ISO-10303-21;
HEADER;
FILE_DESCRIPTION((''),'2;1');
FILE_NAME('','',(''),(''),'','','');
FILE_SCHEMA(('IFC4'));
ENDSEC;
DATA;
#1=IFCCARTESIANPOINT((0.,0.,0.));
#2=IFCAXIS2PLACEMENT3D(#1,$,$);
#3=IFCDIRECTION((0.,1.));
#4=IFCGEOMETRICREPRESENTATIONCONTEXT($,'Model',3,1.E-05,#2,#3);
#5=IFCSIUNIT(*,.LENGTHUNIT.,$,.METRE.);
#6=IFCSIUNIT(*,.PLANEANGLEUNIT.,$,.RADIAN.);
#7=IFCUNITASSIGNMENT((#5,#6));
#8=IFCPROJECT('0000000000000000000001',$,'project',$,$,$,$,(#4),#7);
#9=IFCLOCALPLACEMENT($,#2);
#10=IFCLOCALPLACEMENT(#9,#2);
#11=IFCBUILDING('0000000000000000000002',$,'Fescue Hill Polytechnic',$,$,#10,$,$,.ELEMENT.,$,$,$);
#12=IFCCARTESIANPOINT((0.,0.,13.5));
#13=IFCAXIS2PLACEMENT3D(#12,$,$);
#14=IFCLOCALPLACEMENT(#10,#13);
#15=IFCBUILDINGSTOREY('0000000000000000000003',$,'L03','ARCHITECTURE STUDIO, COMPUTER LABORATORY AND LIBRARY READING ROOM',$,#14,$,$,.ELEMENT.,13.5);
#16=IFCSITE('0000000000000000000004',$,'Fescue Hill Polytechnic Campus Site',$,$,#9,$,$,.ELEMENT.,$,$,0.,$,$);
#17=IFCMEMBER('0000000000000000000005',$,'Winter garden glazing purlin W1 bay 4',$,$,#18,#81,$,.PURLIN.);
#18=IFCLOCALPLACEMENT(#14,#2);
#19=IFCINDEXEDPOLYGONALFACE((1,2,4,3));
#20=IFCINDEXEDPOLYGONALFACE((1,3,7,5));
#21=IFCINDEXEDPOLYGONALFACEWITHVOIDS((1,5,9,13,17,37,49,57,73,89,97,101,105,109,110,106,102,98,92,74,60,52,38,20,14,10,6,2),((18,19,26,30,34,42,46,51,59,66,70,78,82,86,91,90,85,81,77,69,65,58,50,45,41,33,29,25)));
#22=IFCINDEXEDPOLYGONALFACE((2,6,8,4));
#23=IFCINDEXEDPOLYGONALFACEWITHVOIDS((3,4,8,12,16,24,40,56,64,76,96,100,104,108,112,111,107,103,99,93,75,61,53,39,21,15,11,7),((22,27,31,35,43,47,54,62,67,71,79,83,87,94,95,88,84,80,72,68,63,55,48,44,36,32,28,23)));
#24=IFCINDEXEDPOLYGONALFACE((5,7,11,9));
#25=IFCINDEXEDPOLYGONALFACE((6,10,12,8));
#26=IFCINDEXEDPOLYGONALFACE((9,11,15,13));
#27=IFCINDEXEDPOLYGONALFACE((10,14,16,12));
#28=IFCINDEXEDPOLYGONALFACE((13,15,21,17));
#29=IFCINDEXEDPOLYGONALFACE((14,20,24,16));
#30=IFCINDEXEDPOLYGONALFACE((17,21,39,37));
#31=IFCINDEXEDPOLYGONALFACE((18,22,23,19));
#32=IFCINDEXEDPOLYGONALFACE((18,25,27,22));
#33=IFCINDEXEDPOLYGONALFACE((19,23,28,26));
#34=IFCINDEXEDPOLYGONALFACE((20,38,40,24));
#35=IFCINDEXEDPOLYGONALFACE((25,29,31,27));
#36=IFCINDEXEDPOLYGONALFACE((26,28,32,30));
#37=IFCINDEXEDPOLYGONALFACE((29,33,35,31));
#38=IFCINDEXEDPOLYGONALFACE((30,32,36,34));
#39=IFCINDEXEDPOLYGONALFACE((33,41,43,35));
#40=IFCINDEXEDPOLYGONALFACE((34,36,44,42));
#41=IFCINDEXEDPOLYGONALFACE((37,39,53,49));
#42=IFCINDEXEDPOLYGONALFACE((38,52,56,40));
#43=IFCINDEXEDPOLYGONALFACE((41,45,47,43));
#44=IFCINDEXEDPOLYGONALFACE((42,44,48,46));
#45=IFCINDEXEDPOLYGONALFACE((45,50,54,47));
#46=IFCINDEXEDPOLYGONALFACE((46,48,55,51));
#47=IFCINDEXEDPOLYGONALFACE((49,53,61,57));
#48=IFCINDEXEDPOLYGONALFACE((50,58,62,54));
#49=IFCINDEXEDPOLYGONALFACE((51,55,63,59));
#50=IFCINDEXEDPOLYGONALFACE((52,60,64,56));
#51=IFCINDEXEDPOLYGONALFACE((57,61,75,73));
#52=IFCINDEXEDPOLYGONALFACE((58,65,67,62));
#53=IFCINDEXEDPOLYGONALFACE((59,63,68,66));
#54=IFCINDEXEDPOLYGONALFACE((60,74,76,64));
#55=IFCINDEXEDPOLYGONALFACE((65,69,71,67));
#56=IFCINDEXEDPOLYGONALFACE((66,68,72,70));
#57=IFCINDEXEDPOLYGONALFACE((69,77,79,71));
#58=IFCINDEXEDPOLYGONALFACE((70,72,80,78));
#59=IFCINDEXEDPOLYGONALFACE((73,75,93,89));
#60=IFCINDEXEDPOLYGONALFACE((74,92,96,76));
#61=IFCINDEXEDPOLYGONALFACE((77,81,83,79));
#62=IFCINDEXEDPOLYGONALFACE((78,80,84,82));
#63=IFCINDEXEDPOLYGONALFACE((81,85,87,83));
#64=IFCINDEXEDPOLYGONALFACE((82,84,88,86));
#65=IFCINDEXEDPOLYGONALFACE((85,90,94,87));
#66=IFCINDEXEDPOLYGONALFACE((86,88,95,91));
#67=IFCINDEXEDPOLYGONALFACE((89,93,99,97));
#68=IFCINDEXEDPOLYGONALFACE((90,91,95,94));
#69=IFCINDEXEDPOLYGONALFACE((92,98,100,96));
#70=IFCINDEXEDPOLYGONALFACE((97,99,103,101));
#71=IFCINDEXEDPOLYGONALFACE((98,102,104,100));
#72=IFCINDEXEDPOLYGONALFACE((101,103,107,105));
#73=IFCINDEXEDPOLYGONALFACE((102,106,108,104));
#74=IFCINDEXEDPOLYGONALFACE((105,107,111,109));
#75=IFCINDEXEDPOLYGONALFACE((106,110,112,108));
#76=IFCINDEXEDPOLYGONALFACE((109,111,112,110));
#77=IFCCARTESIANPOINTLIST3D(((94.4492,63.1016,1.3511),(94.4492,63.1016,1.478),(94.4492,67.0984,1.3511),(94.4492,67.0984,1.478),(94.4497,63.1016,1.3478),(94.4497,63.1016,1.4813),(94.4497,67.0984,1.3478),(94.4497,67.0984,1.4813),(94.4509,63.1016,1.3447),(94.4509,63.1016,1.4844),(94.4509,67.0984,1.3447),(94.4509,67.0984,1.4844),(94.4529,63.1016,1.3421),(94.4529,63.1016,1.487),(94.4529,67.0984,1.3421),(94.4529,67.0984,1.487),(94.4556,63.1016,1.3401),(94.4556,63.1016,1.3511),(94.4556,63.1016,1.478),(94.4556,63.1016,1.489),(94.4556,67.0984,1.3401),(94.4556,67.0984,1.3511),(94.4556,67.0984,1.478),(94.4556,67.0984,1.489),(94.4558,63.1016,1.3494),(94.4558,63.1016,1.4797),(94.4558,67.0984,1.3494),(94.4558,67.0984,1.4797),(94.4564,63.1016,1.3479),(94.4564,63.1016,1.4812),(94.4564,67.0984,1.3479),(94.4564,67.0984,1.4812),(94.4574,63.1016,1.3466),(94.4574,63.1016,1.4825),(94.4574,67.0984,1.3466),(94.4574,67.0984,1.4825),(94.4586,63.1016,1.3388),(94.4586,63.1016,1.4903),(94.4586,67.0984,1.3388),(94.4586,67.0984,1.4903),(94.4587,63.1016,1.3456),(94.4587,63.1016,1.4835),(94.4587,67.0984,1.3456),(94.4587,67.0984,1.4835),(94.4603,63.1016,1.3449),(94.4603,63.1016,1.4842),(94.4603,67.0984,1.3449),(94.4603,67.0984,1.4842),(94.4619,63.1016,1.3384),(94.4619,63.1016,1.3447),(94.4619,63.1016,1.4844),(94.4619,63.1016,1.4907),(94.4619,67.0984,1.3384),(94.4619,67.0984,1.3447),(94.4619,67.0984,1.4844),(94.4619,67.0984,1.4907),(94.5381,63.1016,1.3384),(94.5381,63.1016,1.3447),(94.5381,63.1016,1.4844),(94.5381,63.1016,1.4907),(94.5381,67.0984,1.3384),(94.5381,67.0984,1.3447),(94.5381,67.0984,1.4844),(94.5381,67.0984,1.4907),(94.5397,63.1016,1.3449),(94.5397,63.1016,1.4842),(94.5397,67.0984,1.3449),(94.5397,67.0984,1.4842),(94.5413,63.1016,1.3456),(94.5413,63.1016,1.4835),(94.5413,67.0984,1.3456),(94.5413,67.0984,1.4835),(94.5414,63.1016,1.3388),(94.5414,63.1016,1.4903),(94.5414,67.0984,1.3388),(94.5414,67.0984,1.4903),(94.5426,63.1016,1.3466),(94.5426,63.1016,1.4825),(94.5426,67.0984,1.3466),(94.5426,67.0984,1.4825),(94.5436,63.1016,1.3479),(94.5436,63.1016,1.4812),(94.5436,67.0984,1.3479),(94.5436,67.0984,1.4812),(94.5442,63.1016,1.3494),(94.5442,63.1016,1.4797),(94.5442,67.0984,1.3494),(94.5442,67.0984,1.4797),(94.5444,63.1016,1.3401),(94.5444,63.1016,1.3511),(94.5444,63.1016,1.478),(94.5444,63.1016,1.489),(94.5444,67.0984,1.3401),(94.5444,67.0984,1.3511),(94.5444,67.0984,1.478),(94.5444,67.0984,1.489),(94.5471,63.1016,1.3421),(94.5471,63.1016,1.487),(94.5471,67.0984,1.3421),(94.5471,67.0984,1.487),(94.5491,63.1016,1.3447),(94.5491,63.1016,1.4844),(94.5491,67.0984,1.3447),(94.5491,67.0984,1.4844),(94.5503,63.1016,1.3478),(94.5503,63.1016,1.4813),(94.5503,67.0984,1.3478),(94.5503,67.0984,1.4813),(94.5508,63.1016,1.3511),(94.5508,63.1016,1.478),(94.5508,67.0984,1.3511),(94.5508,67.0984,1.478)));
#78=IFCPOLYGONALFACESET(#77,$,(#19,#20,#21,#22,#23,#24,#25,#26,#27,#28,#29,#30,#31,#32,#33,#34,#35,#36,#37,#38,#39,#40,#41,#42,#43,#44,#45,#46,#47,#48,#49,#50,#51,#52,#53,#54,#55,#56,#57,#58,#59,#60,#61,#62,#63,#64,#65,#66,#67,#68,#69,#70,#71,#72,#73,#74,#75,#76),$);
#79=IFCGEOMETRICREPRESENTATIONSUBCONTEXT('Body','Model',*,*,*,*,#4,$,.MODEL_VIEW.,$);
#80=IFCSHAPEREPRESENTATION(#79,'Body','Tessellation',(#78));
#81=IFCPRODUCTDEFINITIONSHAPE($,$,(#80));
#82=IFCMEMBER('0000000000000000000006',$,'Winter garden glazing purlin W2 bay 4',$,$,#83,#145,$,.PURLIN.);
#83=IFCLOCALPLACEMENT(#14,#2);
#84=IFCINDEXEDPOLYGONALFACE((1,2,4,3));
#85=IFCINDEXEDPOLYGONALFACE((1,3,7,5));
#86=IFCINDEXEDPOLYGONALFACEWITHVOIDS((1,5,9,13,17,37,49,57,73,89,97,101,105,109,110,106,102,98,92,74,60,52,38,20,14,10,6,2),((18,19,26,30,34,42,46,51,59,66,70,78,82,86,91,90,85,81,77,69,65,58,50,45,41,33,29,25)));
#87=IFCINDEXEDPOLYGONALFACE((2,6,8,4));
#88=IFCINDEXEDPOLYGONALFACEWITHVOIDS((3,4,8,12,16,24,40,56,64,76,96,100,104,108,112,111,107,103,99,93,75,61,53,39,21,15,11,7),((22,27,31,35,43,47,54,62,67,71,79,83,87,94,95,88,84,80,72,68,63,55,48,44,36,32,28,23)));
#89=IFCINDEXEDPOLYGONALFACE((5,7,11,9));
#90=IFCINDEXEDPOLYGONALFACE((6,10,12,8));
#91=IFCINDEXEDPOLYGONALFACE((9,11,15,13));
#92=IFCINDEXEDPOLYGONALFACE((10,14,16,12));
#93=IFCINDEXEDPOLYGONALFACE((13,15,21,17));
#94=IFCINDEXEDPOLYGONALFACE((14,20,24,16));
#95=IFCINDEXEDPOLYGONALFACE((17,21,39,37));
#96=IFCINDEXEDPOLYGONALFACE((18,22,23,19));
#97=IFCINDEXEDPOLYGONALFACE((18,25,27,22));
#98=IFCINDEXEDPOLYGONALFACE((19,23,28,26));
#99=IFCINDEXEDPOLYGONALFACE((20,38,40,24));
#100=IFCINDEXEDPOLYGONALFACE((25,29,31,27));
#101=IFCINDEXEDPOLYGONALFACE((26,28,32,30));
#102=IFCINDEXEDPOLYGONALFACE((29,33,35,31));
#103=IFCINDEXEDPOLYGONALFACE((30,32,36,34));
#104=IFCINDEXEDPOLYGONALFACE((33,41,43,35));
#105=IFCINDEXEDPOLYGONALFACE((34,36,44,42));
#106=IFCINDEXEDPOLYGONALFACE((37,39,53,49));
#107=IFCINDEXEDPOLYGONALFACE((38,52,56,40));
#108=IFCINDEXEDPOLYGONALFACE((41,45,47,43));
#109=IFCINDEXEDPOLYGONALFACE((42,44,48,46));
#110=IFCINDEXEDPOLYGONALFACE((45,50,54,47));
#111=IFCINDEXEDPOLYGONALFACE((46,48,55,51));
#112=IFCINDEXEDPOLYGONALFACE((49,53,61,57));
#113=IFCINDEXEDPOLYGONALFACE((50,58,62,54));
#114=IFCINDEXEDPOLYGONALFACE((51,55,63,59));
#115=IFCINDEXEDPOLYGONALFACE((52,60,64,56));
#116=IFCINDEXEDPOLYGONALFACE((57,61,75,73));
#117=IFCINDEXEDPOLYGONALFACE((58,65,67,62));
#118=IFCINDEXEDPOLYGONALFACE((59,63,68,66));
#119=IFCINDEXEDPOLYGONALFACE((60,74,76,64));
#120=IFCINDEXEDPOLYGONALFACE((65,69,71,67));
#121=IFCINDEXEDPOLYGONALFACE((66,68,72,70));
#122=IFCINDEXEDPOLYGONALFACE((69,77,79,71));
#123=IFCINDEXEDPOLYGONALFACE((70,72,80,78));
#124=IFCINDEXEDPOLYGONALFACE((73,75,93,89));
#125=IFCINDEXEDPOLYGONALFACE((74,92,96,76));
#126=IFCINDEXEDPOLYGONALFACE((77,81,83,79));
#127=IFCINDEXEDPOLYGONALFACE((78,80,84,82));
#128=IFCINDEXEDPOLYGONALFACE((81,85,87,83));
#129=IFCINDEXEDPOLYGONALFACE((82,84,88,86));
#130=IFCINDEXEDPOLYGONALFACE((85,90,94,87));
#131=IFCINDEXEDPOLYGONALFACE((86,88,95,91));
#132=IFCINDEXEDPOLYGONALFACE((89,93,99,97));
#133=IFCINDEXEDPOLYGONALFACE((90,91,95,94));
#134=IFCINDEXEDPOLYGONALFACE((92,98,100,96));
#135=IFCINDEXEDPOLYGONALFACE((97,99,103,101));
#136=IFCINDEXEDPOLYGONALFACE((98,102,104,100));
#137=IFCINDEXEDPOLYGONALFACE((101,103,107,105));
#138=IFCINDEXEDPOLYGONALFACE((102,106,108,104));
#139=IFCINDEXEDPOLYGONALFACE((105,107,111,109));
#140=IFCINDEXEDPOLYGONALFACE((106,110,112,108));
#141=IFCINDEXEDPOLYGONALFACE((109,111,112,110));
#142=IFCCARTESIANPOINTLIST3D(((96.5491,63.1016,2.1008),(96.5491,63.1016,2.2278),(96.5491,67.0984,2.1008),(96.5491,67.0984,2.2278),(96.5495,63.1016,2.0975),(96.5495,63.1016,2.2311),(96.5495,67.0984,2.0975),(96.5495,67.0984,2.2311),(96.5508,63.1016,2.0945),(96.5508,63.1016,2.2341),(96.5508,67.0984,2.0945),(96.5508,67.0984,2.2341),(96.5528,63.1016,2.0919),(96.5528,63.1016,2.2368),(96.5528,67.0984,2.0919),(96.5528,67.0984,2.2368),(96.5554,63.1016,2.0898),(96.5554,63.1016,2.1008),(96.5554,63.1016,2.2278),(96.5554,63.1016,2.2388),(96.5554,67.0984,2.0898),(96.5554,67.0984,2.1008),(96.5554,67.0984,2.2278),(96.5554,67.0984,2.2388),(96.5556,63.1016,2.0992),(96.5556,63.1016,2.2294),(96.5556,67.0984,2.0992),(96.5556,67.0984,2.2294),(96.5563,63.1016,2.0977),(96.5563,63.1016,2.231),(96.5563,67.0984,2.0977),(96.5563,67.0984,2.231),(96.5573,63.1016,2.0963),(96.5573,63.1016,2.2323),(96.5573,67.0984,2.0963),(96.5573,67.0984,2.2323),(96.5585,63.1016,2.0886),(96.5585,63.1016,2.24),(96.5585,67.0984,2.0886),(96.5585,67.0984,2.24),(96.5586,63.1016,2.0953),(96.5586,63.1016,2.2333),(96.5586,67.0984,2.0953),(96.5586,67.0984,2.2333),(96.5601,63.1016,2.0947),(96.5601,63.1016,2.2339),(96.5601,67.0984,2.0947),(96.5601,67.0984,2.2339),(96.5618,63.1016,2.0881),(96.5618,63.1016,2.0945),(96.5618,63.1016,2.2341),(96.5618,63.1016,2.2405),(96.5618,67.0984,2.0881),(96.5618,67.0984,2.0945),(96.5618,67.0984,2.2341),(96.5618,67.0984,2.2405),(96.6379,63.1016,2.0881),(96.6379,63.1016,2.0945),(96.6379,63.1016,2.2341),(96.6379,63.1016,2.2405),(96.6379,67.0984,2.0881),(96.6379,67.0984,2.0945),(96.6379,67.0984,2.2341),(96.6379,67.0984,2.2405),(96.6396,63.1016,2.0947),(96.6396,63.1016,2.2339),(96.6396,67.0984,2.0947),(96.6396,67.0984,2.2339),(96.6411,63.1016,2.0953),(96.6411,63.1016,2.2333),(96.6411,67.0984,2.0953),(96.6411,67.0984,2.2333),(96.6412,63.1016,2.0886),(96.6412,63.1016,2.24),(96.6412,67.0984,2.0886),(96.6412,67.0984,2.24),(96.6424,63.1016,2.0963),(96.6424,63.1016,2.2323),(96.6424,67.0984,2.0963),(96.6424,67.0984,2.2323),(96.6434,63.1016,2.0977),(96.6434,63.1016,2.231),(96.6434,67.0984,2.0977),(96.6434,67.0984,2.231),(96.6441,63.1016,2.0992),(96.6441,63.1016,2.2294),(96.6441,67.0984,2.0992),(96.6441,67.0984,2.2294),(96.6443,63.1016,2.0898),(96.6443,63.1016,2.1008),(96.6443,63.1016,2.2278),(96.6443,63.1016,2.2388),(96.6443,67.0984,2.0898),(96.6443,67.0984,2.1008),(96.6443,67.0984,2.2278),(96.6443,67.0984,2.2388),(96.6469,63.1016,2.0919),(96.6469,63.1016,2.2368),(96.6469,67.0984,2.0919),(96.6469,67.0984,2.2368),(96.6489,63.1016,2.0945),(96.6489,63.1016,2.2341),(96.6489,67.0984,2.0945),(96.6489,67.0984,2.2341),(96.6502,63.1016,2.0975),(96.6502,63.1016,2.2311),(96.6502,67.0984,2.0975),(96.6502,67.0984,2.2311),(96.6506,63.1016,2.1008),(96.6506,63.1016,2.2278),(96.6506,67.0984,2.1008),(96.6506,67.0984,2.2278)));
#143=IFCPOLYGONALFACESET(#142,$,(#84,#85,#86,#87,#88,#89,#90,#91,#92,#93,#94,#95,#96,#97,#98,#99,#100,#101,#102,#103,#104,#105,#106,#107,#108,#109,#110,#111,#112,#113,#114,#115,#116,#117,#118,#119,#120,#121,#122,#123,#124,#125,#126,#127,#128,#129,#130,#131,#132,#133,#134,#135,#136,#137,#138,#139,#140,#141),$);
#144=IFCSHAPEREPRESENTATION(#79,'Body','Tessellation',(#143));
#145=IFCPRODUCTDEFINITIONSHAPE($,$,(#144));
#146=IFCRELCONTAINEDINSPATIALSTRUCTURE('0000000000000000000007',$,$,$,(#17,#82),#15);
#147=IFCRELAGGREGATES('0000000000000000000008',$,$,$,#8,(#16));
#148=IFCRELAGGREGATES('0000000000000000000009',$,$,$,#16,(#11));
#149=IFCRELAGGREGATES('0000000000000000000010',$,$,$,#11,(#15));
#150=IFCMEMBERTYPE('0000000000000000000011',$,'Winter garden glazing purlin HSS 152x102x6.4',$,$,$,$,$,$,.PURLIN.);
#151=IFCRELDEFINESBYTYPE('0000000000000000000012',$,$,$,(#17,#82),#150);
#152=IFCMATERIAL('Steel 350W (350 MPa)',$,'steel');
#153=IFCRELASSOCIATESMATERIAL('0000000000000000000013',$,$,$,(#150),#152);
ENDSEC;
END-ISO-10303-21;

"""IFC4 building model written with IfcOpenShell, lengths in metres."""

from ifc_helpers import new_model, si_unit, direction, frame, origin, origin_2d, place, context, subcontext, project, spatial, hollow_rectangle, extrude, material, material_profile, profile_set, type_object, element, save


model = new_model("IFC4")

# Units and contexts
model_context = context("Model", 3, precision=1e-05, world=origin(), true_north=direction((0.0, 1.0)))
body_context = subcontext(model_context, "Body", "Model", "MODEL_VIEW")
ifc_project = project(units=[si_unit("LENGTHUNIT", "METRE"), si_unit("PLANEANGLEUNIT", "RADIAN")], contexts=[model_context])

# Site, building, storey
site_placement = place(None, origin())
site = spatial("IfcSite", under=ifc_project, at=site_placement, Name="Fescue Hill Polytechnic Campus Site", CompositionType="ELEMENT", RefElevation=0.0)
building_placement = place(site_placement, origin())
building = spatial("IfcBuilding", under=site, at=building_placement, Name="Fescue Hill Polytechnic", CompositionType="ELEMENT")
storey_placement = place(building_placement, frame((0.0, 0.0, 13.5)))
storey = spatial("IfcBuildingStorey", under=building, at=storey_placement, Name="L03", Description="ARCHITECTURE STUDIO, COMPUTER LABORATORY AND LIBRARY READING ROOM", CompositionType="ELEMENT", Elevation=13.5)

# Shared definitions
ifc_material_1 = material(Name="Steel 350W (350 MPa)", Category="steel")

# Members
ifc_material_profile_1 = material_profile(ifc_material_1, hollow_rectangle(XDim=0.1016, YDim=0.1523, WallThickness=0.0063, InnerFilletRadius=0.0063, OuterFilletRadius=0.0127, at=origin_2d()), Name="Winter garden glazing purlin HSS 152x102x6.4")
ifc_profile_set_1 = profile_set([ifc_material_profile_1], Name="Steel 350W (350 MPa)")
member_type_1 = type_object("IfcMemberType", Name="Winter garden glazing purlin HSS 152x102x6.4", PredefinedType="PURLIN", material=ifc_profile_set_1)
for number, where, z_axis, x_axis, name in (
    (1, (94.5, 63.1016, 1.4146), (0.0, 1.0, 0.0), (-1.0, 0.0, 0.0), "Winter garden glazing purlin W1 bay 4"),
    (2, (96.5999, 63.1016, 2.1643), (0.0, 1.0, 0.0), (-1.0, 0.0, 0.0), "Winter garden glazing purlin W2 bay 4"),
):
    element("IfcMember", number, at=place(storey_placement, frame(where, z_axis=z_axis, x_axis=x_axis)), inside=storey, type_object=member_type_1, Name=name, PredefinedType="PURLIN", context=body_context, shape_type="SweptSolid", body=[
        extrude(hollow_rectangle(XDim=0.1016, YDim=0.1523, WallThickness=0.0063, InnerFilletRadius=0.0063, OuterFilletRadius=0.0127, at=origin_2d()), origin(), (0.0, 0.0, 1.0), 3.9968),
    ])

save(model, "model.ifc")
